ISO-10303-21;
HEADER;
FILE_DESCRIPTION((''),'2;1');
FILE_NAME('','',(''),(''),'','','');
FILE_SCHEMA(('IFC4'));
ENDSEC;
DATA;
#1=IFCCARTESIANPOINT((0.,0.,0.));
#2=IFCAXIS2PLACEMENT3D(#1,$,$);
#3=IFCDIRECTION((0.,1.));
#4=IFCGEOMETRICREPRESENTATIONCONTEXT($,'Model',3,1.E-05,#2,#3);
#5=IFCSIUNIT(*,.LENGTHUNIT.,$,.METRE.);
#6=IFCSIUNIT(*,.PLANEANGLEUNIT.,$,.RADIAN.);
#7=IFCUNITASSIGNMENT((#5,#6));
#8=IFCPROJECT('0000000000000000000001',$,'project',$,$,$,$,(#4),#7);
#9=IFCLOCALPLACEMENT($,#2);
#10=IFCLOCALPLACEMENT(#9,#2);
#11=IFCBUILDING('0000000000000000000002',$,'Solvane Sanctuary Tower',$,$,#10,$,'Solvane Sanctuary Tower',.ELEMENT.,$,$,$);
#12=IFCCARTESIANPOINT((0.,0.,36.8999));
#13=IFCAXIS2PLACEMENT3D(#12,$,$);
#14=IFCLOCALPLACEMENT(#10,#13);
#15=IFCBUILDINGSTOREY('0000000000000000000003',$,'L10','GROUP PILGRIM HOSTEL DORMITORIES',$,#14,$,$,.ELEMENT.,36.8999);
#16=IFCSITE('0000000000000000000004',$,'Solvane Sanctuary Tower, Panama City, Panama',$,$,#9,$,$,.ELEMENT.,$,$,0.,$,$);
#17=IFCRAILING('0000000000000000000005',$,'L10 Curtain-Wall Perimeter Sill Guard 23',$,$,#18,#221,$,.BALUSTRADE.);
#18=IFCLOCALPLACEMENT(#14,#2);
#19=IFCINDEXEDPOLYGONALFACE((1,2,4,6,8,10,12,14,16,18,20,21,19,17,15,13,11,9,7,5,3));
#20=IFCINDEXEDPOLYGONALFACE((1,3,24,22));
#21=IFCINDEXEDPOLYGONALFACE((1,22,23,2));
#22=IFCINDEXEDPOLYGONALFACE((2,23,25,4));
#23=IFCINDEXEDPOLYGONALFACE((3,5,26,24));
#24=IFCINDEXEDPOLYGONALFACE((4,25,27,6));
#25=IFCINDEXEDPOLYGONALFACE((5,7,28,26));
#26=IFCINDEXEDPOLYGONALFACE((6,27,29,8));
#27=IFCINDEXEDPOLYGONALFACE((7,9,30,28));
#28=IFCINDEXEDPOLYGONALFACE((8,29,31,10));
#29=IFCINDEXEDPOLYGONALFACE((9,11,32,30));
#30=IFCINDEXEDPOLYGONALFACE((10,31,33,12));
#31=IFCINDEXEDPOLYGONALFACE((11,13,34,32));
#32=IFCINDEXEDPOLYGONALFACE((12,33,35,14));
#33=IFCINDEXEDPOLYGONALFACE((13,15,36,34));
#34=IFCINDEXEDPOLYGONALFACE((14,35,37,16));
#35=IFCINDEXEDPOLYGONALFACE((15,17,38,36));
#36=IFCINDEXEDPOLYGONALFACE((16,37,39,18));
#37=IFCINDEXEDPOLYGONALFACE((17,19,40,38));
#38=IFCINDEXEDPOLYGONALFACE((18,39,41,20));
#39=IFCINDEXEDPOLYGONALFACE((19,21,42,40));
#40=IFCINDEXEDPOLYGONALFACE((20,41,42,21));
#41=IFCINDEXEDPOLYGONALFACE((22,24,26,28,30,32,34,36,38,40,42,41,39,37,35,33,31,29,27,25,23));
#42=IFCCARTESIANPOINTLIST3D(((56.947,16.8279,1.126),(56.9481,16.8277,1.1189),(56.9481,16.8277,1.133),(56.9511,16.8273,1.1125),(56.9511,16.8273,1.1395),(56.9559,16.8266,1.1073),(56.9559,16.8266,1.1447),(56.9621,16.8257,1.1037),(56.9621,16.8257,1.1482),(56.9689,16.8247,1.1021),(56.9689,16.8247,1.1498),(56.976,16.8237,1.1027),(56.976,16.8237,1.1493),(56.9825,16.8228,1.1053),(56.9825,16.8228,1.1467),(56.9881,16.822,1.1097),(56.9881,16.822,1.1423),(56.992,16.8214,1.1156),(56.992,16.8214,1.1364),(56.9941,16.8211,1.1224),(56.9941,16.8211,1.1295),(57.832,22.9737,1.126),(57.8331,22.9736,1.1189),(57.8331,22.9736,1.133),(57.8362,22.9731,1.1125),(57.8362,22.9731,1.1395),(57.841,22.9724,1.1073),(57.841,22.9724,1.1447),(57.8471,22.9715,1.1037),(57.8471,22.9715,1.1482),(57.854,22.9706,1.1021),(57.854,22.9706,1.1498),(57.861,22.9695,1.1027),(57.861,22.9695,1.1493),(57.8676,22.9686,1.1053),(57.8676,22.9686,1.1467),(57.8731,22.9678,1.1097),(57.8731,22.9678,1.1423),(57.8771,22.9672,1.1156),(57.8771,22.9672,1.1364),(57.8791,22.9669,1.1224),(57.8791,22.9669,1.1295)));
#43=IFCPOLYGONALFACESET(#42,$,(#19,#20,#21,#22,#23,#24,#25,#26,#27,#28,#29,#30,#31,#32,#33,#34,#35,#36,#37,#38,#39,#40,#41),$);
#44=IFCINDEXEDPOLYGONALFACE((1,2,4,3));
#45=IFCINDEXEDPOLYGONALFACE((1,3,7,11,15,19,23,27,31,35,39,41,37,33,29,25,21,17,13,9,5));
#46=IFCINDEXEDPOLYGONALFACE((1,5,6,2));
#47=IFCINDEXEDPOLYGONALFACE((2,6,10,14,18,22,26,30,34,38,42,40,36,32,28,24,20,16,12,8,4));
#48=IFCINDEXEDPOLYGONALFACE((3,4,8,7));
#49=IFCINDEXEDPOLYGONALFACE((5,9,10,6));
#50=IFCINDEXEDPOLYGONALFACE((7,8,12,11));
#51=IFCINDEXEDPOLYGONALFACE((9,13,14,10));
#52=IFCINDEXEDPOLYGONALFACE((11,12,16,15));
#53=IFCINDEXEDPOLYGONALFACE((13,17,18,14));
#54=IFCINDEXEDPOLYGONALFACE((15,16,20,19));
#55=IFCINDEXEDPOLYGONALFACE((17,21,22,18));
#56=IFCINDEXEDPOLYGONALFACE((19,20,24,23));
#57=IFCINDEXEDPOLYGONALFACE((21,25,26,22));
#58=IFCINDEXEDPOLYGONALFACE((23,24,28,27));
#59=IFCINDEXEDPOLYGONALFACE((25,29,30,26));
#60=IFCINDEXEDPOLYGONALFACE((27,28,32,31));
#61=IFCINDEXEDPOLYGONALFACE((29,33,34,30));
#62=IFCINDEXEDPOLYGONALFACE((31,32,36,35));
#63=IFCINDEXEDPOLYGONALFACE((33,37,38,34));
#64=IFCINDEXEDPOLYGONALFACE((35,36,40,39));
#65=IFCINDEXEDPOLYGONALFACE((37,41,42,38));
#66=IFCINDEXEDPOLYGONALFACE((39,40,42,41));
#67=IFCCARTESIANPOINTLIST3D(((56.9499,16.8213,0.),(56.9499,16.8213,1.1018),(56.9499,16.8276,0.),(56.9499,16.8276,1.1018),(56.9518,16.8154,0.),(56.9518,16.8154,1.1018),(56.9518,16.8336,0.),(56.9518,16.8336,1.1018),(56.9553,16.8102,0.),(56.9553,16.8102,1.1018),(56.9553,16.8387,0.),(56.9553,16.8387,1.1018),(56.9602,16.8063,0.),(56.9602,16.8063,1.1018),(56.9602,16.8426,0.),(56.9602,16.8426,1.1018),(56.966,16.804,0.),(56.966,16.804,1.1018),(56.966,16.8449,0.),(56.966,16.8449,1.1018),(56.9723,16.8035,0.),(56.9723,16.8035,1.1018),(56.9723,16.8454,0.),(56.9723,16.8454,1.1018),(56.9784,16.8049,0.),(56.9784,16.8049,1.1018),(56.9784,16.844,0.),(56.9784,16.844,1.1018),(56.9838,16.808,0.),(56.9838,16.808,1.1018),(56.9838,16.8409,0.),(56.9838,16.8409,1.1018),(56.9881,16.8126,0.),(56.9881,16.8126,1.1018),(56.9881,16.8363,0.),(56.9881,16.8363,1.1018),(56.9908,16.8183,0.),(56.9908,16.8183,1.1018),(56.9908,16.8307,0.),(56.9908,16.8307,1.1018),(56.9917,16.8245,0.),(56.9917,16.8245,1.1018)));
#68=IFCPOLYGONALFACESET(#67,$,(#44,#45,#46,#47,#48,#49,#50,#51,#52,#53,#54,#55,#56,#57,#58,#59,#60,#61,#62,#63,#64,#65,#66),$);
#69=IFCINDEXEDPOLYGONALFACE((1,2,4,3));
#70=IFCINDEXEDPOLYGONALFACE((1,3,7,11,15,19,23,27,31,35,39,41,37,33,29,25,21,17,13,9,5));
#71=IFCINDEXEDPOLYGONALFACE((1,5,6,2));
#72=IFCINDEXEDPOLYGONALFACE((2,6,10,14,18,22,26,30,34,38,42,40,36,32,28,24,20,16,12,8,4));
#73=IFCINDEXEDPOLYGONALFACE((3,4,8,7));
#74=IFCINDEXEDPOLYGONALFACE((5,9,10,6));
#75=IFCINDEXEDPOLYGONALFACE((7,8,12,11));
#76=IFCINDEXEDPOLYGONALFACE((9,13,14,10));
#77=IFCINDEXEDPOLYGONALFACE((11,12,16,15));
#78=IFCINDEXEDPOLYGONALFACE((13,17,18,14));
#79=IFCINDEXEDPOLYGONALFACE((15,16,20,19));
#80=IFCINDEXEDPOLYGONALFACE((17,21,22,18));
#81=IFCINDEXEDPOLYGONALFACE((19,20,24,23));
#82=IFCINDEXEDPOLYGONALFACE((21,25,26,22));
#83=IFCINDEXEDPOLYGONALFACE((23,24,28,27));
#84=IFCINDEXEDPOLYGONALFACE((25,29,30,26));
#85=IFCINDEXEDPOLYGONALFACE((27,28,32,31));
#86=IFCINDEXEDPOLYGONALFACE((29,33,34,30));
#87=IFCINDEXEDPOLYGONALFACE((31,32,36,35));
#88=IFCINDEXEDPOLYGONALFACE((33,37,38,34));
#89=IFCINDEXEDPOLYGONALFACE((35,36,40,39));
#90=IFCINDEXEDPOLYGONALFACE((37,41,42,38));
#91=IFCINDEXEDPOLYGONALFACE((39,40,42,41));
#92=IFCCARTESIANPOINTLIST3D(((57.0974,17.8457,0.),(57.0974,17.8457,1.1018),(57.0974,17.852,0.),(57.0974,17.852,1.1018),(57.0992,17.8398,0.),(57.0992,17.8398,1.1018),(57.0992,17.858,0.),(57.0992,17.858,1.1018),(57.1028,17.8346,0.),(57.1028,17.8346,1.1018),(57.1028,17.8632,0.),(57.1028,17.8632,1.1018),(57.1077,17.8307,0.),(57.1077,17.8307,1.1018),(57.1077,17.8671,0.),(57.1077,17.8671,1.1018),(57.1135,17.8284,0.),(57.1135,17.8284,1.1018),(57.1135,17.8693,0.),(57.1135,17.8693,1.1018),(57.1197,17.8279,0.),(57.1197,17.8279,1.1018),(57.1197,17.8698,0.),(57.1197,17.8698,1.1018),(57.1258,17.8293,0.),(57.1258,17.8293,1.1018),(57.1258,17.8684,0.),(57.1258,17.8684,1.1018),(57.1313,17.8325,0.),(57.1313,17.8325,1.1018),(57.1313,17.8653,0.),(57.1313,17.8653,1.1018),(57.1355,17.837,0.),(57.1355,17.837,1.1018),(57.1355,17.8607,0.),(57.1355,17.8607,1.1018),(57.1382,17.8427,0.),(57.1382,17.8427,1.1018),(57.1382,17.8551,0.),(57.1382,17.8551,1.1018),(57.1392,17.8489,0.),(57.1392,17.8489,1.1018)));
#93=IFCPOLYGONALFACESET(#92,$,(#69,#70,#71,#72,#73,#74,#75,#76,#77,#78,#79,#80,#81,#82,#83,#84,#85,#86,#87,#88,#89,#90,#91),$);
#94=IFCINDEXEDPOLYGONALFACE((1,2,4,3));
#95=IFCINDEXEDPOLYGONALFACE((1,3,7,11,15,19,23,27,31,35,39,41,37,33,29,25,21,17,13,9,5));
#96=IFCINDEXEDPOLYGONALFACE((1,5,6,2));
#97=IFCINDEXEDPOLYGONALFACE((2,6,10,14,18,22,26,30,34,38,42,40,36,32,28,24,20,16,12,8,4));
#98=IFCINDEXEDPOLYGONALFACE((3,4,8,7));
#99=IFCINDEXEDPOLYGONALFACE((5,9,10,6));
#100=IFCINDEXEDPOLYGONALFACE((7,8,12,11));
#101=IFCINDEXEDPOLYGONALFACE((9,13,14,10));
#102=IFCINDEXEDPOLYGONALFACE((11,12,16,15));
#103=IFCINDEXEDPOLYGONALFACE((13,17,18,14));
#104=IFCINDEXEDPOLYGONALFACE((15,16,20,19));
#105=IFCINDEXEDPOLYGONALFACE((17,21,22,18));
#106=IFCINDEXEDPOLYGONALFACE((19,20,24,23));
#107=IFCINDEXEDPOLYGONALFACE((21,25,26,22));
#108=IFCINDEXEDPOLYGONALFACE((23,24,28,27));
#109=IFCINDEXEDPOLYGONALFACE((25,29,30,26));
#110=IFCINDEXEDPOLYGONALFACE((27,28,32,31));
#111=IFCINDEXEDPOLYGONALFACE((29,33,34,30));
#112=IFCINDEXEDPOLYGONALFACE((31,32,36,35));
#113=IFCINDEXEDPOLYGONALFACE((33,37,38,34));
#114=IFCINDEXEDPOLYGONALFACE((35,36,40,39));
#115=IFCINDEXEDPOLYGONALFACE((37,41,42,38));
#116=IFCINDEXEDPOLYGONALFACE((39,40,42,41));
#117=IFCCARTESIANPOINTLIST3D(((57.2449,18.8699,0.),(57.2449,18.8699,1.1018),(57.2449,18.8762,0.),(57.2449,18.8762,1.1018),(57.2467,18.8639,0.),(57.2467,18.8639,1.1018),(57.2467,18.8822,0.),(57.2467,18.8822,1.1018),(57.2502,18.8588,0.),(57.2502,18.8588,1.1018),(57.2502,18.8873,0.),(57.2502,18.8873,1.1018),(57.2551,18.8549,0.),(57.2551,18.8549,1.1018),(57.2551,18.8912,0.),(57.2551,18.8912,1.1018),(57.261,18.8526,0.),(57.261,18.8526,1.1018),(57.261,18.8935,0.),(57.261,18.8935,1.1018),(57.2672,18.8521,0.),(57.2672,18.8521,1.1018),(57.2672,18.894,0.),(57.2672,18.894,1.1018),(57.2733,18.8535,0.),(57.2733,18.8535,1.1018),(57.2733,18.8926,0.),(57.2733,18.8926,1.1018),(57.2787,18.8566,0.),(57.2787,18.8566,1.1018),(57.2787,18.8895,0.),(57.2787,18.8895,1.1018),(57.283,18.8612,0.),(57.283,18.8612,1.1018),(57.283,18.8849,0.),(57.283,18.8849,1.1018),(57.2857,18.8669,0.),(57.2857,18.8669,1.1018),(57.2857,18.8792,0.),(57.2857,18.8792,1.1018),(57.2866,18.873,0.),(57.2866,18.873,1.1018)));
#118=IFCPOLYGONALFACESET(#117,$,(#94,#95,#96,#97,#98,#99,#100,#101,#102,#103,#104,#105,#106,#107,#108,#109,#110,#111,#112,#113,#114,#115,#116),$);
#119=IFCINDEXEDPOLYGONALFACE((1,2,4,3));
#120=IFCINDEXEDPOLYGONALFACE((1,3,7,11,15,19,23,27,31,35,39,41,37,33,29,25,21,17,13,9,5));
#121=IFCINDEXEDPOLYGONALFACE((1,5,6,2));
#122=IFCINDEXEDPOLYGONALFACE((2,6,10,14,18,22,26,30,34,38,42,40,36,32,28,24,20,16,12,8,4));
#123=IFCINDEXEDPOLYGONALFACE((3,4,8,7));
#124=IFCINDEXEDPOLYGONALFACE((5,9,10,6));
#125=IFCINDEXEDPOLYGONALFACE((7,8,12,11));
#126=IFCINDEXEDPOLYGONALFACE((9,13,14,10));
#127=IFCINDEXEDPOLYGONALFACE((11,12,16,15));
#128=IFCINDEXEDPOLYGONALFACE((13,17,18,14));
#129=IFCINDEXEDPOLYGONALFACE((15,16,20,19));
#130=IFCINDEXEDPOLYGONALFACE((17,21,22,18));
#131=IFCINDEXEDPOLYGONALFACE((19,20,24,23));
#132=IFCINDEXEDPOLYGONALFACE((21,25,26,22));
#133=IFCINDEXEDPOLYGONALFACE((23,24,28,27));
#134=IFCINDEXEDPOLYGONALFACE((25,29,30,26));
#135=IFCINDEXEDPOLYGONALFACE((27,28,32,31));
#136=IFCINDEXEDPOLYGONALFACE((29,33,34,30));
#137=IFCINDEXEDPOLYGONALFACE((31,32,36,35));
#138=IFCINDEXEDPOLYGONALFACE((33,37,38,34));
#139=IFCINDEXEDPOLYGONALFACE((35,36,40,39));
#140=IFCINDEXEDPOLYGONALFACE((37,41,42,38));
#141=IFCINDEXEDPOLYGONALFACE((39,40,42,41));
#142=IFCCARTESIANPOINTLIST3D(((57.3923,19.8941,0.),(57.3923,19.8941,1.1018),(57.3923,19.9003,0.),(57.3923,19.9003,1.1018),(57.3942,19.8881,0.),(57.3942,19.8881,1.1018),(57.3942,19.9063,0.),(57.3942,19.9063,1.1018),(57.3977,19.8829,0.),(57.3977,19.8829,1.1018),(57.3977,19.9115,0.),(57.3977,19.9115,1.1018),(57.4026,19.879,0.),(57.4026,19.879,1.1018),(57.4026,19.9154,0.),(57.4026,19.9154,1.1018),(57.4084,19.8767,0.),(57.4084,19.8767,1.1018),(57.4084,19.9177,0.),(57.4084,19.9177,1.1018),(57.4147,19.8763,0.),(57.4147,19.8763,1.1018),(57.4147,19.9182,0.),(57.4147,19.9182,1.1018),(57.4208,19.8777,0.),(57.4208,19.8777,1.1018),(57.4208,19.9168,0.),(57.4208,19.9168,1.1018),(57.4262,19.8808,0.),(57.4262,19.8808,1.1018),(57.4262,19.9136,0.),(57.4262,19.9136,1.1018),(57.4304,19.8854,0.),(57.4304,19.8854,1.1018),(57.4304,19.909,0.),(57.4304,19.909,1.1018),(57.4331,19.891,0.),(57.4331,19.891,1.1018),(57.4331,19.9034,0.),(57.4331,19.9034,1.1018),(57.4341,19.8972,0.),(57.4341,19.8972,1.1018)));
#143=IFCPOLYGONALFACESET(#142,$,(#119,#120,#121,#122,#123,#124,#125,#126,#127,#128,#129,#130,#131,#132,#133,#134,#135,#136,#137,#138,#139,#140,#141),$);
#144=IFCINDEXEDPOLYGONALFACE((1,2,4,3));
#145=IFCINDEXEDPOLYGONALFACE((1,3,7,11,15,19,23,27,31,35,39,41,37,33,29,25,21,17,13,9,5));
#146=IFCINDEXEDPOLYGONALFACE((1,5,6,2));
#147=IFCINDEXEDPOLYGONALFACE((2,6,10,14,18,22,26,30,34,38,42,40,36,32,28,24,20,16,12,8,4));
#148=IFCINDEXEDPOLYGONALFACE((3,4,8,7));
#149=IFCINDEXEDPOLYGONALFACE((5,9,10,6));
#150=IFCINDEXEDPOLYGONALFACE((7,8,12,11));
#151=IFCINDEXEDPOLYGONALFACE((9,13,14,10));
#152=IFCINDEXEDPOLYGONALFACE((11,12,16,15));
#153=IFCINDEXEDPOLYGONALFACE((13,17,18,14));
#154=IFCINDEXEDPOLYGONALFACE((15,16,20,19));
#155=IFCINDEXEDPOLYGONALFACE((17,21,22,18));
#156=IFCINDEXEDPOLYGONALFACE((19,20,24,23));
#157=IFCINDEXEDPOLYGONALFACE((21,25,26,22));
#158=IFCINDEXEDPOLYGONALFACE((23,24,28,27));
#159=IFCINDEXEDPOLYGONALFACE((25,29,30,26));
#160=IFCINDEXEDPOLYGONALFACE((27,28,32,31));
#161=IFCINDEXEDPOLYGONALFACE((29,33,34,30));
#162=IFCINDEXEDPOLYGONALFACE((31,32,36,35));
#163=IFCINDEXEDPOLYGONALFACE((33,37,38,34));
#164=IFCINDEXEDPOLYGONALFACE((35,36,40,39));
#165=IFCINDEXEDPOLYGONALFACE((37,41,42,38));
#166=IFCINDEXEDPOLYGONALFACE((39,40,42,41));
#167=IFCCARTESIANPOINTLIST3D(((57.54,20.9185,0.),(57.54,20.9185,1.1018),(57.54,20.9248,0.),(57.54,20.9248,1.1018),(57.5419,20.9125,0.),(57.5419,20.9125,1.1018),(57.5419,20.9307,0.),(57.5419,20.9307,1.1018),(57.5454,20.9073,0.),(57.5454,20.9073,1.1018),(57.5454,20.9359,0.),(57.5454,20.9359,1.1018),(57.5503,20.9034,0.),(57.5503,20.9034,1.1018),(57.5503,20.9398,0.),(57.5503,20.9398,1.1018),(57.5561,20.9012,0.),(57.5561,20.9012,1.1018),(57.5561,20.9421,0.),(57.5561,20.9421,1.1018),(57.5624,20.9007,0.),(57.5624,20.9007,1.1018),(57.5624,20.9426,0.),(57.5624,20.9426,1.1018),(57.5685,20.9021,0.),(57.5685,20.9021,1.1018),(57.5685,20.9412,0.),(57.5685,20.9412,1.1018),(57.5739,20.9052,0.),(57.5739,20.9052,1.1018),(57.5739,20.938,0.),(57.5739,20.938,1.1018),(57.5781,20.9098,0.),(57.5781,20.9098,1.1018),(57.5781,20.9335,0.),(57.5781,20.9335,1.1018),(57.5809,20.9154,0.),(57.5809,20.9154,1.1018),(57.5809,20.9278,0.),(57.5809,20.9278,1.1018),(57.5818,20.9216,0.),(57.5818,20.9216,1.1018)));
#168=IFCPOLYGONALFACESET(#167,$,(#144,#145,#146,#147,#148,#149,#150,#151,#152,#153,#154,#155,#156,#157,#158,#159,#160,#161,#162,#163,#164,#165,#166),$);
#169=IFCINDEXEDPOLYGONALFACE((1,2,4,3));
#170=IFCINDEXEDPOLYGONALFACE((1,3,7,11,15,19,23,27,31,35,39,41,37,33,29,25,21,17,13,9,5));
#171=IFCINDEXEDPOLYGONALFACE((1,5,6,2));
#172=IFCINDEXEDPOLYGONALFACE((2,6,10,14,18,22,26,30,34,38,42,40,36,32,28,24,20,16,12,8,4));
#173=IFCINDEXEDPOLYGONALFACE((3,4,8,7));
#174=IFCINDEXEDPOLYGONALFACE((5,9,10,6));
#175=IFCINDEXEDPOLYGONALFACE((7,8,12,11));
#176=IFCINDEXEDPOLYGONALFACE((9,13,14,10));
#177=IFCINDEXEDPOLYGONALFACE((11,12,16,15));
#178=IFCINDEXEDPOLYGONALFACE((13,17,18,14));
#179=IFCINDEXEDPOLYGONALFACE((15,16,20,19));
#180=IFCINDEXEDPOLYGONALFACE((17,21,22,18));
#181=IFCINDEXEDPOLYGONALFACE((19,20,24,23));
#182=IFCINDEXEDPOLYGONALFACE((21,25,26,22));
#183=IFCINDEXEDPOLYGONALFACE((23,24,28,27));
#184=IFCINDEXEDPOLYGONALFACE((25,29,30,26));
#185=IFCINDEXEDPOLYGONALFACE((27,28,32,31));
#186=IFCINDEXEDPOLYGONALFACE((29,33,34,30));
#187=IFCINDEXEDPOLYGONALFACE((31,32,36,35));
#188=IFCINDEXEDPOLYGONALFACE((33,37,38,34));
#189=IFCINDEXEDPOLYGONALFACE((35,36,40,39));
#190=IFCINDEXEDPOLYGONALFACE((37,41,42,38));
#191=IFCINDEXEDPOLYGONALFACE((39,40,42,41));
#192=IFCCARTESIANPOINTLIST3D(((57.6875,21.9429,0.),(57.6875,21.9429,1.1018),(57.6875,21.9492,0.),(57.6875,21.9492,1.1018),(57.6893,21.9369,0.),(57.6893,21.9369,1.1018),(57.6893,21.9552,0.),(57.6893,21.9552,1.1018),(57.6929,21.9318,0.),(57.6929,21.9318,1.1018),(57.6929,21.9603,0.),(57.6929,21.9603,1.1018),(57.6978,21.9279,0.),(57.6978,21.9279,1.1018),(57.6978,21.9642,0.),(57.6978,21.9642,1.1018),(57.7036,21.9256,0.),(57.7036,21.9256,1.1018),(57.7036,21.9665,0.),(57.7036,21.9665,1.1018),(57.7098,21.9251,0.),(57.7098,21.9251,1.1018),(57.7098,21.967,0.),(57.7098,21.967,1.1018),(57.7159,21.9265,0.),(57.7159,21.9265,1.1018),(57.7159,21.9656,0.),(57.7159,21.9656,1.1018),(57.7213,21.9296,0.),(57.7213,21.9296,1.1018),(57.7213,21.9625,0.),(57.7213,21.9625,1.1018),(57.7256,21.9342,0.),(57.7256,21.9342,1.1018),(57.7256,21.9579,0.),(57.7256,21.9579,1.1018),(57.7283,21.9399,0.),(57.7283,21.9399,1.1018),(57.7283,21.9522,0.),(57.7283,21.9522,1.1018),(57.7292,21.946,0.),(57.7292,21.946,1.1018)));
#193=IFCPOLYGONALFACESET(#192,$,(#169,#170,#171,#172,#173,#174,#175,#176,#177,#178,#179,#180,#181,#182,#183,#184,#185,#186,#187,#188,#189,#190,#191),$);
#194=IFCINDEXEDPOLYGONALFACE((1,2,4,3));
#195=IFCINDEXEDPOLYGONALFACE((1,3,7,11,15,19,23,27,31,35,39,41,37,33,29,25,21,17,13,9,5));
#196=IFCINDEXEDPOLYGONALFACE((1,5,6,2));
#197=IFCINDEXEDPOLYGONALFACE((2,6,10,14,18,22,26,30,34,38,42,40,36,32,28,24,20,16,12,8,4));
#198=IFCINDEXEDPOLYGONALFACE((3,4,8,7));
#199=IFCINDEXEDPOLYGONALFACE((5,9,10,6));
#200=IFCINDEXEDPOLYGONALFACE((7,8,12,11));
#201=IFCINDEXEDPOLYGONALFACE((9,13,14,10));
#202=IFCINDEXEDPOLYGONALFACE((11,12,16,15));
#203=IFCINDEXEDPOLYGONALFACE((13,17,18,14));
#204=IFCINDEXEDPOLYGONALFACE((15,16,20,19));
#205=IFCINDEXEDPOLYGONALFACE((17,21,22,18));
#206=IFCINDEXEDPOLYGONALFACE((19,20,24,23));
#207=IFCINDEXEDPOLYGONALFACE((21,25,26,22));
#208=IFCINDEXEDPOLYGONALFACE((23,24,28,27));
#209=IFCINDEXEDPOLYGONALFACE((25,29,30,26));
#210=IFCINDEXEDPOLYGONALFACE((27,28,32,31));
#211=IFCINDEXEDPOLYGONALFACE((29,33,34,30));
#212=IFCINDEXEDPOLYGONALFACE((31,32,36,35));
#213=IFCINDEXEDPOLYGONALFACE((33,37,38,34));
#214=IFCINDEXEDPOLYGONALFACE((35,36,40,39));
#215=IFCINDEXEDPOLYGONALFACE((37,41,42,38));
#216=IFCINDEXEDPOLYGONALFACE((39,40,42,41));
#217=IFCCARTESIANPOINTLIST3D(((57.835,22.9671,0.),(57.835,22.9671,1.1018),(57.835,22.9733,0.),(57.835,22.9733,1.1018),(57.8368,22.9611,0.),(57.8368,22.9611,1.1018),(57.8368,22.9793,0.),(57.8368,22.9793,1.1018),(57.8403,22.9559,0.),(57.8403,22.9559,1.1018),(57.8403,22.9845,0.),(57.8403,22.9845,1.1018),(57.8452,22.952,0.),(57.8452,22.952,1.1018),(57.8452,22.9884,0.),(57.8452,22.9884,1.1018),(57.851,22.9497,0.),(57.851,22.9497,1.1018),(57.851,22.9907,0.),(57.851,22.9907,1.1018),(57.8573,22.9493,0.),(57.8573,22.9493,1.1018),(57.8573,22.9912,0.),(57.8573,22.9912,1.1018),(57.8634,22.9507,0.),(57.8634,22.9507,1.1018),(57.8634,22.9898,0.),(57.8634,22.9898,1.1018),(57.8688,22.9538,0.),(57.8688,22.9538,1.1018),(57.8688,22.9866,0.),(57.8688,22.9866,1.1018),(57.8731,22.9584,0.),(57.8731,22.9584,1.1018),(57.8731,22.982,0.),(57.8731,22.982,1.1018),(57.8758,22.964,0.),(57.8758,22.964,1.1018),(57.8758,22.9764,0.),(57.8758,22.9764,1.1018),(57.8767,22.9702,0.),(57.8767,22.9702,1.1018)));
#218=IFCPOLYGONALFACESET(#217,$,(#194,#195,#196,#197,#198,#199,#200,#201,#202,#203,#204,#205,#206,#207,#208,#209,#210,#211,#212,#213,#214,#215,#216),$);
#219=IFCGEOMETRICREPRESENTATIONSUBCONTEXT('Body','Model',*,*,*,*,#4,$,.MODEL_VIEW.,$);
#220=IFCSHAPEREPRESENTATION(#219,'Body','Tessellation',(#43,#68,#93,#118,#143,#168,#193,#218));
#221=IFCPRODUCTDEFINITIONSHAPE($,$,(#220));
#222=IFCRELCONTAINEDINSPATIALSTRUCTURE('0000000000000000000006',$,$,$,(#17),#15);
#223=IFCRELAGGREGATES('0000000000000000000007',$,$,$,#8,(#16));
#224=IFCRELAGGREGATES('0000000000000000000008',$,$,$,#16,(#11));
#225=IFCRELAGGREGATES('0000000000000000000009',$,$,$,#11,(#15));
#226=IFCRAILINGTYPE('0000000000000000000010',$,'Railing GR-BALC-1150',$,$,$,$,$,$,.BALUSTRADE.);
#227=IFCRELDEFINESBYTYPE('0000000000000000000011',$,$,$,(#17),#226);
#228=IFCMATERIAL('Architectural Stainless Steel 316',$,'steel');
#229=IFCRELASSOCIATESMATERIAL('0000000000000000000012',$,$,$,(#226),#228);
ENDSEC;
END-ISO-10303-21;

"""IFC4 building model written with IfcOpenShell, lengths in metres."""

from ifc_helpers import new_model, si_unit, direction, frame, origin, origin_2d, place, context, subcontext, project, spatial, circle, extrude, material, type_object, element, save


model = new_model("IFC4")

# Units and contexts
model_context = context("Model", 3, precision=1e-05, world=origin(), true_north=direction((0.0, 1.0)))
body_context = subcontext(model_context, "Body", "Model", "MODEL_VIEW")
ifc_project = project(units=[si_unit("LENGTHUNIT", "METRE"), si_unit("PLANEANGLEUNIT", "RADIAN")], contexts=[model_context])

# Site, building, storey
site_placement = place(None, origin())
site = spatial("IfcSite", under=ifc_project, at=site_placement, Name="Solvane Sanctuary Tower, Panama City, Panama", CompositionType="ELEMENT", RefElevation=0.0)
building_placement = place(site_placement, origin())
building = spatial("IfcBuilding", under=site, at=building_placement, Name="Solvane Sanctuary Tower", LongName="Solvane Sanctuary Tower", CompositionType="ELEMENT")
storey_placement = place(building_placement, frame((0.0, 0.0, 36.8999)))
storey = spatial("IfcBuildingStorey", under=building, at=storey_placement, Name="L10", Description="GROUP PILGRIM HOSTEL DORMITORIES", CompositionType="ELEMENT", Elevation=36.8999)

# Railing
ifc_material_1 = material(Name="Architectural Stainless Steel 316", Category="steel")
railing_type = type_object("IfcRailingType", Name="Railing GR-BALC-1150", PredefinedType="BALUSTRADE", material=ifc_material_1)
railing_1_placement = place(storey_placement, frame((56.9707, 16.8245, 0.0)))
element("IfcRailing", 1, at=railing_1_placement, inside=storey, type_object=railing_type, Name="L10 Curtain-Wall Perimeter Sill Guard 23", PredefinedType="BALUSTRADE", context=body_context, shape_type="SweptSolid", body=[
    extrude(circle(Radius=0.0239, at=origin_2d()), frame((0.0, 0.0, 1.126), z_axis=(0.142533, 0.98979, 0.0), x_axis=(-0.98979, 0.142533, 0.0)), (0.0, 0.0, 1.0), 6.2092),
    extrude(circle(Radius=0.021, at=origin_2d()), origin(), (0.0, 0.0, 1.0), 1.1018),
    extrude(circle(Radius=0.021, at=origin_2d()), frame((0.1475, 1.0244, 0.0)), (0.0, 0.0, 1.0), 1.1018),
    extrude(circle(Radius=0.021, at=origin_2d()), frame((0.2949, 2.0486, 0.0)), (0.0, 0.0, 1.0), 1.1018),
    extrude(circle(Radius=0.021, at=origin_2d()), frame((0.4424, 3.0728, 0.0)), (0.0, 0.0, 1.0), 1.1018),
    extrude(circle(Radius=0.021, at=origin_2d()), frame((0.5901, 4.0972, 0.0)), (0.0, 0.0, 1.0), 1.1018),
    extrude(circle(Radius=0.021, at=origin_2d()), frame((0.7375, 5.1216, 0.0)), (0.0, 0.0, 1.0), 1.1018),
    extrude(circle(Radius=0.021, at=origin_2d()), frame((0.885, 6.1458, 0.0)), (0.0, 0.0, 1.0), 1.1018),
])

save(model, "model.ifc")
